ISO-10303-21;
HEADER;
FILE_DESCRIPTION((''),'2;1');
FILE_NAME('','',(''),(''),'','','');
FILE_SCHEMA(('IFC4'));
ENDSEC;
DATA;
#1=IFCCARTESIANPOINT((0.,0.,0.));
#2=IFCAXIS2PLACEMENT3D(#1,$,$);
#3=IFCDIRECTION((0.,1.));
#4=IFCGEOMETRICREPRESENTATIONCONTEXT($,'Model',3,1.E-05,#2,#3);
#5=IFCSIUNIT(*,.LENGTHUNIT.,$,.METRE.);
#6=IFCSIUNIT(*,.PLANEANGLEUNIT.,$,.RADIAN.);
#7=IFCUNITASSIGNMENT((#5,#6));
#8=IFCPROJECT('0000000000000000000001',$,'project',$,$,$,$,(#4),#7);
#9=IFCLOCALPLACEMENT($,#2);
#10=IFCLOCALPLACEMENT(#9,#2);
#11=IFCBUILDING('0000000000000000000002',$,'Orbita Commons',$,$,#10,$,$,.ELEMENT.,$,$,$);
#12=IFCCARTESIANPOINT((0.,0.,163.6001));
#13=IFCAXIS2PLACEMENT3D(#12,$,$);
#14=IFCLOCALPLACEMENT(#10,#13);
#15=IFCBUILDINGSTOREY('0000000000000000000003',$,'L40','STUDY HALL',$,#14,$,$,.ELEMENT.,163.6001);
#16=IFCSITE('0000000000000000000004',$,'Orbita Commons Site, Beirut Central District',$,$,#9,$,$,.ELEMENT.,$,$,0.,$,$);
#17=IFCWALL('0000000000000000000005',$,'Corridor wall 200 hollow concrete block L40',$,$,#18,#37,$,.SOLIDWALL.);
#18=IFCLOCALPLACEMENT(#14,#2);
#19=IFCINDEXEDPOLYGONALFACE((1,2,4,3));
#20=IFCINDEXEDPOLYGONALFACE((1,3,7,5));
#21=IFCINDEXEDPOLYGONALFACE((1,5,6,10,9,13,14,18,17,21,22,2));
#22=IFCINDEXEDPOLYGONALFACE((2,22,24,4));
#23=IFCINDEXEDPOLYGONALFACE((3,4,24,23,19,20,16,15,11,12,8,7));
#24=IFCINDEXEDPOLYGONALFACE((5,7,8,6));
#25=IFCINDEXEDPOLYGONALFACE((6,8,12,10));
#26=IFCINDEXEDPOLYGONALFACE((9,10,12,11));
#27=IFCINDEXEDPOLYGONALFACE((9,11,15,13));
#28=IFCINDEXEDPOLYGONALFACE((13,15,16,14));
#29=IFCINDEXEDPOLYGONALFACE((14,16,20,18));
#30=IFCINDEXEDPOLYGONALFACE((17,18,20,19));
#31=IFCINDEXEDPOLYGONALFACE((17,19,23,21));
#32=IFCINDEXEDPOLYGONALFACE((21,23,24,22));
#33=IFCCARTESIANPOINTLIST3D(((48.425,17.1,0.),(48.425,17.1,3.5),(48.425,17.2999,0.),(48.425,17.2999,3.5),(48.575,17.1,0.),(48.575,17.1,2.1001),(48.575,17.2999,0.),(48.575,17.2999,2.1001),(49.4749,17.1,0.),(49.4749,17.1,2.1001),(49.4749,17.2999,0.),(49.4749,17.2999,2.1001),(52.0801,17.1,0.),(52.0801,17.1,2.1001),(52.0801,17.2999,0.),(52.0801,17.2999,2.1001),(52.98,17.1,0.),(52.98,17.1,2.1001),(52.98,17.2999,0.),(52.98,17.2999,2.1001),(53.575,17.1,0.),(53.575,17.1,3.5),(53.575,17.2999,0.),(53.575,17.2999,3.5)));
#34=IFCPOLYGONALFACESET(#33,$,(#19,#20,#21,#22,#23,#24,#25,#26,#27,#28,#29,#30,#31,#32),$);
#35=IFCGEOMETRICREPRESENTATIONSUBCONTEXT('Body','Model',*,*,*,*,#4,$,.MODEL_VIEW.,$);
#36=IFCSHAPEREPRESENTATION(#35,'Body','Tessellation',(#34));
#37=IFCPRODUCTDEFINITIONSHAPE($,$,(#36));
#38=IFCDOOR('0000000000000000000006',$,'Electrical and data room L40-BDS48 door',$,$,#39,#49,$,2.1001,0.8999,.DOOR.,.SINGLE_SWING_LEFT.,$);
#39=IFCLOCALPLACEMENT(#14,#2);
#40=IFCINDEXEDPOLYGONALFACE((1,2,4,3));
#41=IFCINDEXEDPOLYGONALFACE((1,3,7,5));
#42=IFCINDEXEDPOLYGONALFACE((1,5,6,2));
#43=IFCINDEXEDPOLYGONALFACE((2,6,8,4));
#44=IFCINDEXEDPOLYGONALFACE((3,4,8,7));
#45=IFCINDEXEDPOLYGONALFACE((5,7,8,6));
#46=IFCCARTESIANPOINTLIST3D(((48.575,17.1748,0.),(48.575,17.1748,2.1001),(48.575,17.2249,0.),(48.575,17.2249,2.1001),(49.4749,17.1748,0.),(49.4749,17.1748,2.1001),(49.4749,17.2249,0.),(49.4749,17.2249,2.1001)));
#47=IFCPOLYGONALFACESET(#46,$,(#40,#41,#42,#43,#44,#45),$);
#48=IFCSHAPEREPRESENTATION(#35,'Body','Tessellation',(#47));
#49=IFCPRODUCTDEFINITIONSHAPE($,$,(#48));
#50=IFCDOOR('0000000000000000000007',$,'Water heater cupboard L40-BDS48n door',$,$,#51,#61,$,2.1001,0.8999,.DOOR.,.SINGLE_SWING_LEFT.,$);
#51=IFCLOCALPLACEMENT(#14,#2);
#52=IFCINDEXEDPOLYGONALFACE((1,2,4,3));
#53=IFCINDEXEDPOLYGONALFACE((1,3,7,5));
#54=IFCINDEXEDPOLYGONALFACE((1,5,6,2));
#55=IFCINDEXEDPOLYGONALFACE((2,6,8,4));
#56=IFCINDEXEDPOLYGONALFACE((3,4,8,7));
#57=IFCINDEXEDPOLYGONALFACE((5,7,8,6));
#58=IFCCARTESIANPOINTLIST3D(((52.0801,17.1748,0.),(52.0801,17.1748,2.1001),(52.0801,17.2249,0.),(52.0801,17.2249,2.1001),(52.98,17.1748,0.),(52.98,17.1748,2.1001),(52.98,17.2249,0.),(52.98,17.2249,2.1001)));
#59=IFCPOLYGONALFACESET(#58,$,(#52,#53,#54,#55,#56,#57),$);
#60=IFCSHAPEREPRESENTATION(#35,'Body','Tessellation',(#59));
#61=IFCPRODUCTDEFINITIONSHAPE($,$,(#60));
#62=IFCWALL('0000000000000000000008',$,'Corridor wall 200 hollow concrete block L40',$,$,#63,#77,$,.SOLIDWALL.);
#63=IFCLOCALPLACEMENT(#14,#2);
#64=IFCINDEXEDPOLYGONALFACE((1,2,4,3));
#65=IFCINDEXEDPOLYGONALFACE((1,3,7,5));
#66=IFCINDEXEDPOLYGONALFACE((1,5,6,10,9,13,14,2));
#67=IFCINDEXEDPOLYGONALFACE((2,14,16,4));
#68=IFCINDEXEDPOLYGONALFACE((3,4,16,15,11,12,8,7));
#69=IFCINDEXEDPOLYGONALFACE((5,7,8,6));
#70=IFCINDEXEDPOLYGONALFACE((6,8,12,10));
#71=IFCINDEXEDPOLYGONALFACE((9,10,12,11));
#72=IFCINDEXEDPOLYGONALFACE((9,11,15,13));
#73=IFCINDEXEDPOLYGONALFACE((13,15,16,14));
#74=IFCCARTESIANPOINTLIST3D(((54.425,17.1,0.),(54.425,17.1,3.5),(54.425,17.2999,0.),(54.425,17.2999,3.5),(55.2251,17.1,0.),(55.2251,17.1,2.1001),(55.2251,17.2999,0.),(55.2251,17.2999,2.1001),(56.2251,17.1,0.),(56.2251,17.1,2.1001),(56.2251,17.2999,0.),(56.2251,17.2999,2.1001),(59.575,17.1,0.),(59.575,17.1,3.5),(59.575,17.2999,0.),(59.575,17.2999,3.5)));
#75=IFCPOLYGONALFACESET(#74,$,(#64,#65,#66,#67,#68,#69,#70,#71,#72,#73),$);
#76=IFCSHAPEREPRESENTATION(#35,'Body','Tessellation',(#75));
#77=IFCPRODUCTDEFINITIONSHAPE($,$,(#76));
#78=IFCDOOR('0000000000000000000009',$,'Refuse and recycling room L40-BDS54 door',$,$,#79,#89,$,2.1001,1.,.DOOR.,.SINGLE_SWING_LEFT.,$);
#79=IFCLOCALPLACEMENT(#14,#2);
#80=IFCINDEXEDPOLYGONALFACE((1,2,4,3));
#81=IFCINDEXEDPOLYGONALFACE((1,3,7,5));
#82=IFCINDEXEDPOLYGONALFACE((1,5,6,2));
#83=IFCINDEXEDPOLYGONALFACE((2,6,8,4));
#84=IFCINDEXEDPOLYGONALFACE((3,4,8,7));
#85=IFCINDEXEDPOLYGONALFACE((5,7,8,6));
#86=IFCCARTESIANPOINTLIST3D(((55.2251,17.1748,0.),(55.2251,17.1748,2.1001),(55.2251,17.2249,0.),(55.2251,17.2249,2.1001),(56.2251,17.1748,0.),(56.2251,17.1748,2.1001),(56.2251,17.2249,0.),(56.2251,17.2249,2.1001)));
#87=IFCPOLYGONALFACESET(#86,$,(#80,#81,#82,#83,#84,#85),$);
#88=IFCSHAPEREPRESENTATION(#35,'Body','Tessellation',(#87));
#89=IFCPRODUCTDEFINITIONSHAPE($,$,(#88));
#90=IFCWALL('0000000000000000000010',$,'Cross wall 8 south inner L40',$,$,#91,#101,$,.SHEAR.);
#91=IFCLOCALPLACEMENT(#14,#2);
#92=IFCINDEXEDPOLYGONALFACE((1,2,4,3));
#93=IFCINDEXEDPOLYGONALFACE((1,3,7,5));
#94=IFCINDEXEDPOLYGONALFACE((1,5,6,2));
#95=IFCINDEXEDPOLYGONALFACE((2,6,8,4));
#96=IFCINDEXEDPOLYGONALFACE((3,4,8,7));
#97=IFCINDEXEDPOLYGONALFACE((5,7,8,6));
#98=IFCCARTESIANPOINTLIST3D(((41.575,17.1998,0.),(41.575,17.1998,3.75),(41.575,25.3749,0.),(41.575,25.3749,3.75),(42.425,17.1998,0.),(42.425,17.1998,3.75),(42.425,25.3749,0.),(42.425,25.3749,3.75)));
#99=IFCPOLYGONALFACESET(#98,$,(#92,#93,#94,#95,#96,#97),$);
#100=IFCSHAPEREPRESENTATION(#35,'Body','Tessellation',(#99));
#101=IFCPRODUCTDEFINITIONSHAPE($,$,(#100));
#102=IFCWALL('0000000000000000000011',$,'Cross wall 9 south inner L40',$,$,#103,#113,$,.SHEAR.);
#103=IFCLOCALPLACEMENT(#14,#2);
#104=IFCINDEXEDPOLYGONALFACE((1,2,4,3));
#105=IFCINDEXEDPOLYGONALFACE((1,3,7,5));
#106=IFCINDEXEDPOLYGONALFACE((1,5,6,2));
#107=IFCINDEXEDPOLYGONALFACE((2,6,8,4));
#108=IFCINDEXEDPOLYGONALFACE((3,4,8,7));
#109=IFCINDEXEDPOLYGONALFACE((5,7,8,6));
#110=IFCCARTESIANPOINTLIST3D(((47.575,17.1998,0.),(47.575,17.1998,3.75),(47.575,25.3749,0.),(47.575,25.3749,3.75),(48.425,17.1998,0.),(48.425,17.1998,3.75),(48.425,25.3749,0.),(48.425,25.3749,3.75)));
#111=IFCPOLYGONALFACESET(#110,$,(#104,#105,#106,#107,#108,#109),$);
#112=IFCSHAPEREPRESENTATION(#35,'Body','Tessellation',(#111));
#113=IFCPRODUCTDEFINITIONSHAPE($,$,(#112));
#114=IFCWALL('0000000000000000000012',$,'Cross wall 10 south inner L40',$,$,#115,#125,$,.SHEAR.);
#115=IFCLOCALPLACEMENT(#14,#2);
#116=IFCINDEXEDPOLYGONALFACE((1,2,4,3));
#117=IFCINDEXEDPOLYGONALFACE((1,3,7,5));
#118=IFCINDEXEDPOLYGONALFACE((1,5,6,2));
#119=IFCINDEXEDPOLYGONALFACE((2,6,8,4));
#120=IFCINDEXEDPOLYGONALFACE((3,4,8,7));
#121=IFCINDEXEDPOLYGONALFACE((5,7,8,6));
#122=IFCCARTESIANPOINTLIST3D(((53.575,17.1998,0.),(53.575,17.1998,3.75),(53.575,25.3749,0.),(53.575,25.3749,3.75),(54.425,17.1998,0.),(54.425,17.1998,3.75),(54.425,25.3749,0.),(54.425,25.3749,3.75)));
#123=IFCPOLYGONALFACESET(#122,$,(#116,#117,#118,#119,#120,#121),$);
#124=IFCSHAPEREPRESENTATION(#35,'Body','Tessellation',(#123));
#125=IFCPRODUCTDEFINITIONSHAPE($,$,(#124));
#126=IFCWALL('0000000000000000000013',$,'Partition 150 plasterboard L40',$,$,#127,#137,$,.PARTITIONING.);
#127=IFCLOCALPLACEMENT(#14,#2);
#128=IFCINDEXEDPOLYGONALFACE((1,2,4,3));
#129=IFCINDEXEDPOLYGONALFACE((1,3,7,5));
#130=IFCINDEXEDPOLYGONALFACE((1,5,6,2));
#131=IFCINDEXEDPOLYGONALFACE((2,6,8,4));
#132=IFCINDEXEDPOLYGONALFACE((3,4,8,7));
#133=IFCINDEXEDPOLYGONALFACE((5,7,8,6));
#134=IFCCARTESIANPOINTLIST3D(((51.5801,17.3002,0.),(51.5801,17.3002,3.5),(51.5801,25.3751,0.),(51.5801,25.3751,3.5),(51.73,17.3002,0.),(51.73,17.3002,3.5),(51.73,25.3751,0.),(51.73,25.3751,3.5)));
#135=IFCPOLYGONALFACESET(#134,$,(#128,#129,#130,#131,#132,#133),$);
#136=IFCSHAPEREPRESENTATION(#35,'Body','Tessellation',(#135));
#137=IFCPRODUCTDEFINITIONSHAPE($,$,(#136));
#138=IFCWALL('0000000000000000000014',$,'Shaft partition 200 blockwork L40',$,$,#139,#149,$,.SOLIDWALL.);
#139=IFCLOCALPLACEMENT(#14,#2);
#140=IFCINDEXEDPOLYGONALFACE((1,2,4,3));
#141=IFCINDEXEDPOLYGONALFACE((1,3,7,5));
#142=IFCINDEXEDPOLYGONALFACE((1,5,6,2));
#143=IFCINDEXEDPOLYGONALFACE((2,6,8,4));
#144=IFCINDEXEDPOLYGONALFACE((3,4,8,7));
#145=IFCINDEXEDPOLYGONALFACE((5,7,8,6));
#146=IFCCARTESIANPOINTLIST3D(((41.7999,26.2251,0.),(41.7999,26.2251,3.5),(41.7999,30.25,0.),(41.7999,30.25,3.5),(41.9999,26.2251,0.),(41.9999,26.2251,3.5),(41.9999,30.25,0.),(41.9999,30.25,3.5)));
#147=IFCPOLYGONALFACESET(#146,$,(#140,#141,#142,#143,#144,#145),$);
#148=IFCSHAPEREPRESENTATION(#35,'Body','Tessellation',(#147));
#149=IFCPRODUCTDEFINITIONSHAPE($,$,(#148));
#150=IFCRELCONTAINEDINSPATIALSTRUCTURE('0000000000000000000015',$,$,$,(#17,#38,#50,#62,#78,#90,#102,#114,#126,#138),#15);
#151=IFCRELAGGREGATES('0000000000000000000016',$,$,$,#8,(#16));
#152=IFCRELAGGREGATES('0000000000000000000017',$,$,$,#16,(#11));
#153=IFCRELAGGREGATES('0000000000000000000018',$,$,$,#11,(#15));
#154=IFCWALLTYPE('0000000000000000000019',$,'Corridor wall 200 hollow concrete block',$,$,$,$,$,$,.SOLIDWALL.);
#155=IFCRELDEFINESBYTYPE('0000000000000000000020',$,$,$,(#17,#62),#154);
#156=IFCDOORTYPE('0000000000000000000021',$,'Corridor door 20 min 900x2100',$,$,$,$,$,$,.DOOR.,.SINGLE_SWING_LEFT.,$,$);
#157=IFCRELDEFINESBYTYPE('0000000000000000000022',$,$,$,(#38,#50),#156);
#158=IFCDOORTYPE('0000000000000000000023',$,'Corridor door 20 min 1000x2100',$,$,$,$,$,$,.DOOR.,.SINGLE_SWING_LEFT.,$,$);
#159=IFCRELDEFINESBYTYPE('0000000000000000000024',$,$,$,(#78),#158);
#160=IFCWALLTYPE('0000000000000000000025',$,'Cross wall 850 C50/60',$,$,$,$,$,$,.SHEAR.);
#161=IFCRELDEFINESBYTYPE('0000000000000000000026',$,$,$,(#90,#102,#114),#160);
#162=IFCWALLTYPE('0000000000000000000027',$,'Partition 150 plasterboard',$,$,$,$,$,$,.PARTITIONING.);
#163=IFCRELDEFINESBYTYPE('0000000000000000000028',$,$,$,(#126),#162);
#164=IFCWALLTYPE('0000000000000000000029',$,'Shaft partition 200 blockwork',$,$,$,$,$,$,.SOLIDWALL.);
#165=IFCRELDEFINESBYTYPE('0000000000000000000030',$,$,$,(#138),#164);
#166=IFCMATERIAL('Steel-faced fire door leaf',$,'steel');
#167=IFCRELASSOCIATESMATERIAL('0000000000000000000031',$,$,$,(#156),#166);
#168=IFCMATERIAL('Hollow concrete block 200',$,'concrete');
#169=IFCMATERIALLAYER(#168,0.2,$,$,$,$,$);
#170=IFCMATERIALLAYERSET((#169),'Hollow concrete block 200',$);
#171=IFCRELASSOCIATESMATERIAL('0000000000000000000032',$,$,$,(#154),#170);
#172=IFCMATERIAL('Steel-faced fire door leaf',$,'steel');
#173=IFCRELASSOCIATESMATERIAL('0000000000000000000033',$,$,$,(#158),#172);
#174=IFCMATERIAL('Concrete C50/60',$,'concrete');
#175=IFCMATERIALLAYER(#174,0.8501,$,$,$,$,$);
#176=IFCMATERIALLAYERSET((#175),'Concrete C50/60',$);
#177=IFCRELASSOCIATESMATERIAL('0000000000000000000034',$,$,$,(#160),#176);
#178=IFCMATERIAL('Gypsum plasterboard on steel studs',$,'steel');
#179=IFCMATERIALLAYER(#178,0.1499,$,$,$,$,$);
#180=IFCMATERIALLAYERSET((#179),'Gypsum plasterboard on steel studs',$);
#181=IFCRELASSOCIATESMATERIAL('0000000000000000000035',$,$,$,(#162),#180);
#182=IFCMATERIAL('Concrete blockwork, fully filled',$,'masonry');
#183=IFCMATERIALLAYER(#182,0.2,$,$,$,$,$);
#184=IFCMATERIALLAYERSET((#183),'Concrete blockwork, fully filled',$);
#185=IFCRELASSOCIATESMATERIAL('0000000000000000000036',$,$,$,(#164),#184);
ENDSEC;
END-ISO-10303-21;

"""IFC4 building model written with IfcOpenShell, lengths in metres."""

from ifc_helpers import new_model, si_unit, direction, frame, frame_2d, origin, place, context, subcontext, project, spatial, rectangle, extrude, material, layer, layer_set, type_object, element, fill, save


model = new_model("IFC4")

# Units and contexts
model_context = context("Model", 3, precision=1e-05, world=origin(), true_north=direction((0.0, 1.0)))
body_context = subcontext(model_context, "Body", "Model", "MODEL_VIEW")
ifc_project = project(units=[si_unit("LENGTHUNIT", "METRE"), si_unit("PLANEANGLEUNIT", "RADIAN")], contexts=[model_context])

# Site, building, storey
site_placement = place(None, origin())
site = spatial("IfcSite", under=ifc_project, at=site_placement, Name="Orbita Commons Site, Beirut Central District", CompositionType="ELEMENT", RefElevation=0.0)
building_placement = place(site_placement, origin())
building = spatial("IfcBuilding", under=site, at=building_placement, Name="Orbita Commons", CompositionType="ELEMENT")
storey_placement = place(building_placement, frame((0.0, 0.0, 163.6001)))
storey = spatial("IfcBuildingStorey", under=building, at=storey_placement, Name="L40", Description="STUDY HALL", CompositionType="ELEMENT", Elevation=163.6001)

# Shared definitions
ifc_material_1 = material(Name="Steel-faced fire door leaf", Category="steel")
door_type_1 = type_object("IfcDoorType", Name="Corridor door 20 min 900x2100", OperationType="SINGLE_SWING_LEFT", PredefinedType="DOOR", material=ifc_material_1)
ifc_material_2 = material(Name="Hollow concrete block 200", Category="concrete")
ifc_layer_1 = layer(ifc_material_2, 0.2)
ifc_layer_set_1 = layer_set([ifc_layer_1], Name="Hollow concrete block 200")
wall_type_1 = type_object("IfcWallType", Name="Corridor wall 200 hollow concrete block", PredefinedType="SOLIDWALL", material=ifc_layer_set_1)
ifc_material_3 = material(Name="Steel-faced fire door leaf", Category="steel")
door_type_2 = type_object("IfcDoorType", Name="Corridor door 20 min 1000x2100", OperationType="SINGLE_SWING_LEFT", PredefinedType="DOOR", material=ifc_material_3)

# Wall, openings, doors
wall_1_placement = place(storey_placement, frame((48.425, 17.2, 0.0), z_axis=(0.0, 0.0, 1.0), x_axis=(1.0, 0.0, 0.0)))
wall_1 = element("IfcWall", 1, at=wall_1_placement, inside=storey, type_object=wall_type_1, Name="Corridor wall 200 hollow concrete block L40", PredefinedType="SOLIDWALL", context=body_context, shape_type="SweptSolid", body=[
    extrude(rectangle(XDim=5.1499, YDim=0.2, at=frame_2d((2.575, 0.0))), origin(), (0.0, 0.0, 1.0), 3.5),
])
opening_1_placement = place(wall_1_placement, frame((0.1499, 0.0, 0.0)))
opening_1 = element("IfcOpeningElement", 2, at=opening_1_placement, cuts=wall_1, PredefinedType="OPENING", context=body_context, shape_type="SweptSolid", body=[
    extrude(rectangle(XDim=0.8999, YDim=2.1001, at=frame_2d((0.45, 1.05))), frame((0.0, 0.1099, 0.0), z_axis=(0.0, -1.0, 0.0), x_axis=(1.0, 0.0, 0.0)), (0.0, 0.0, 1.0), 0.22),
])
opening_2_placement = place(wall_1_placement, frame((3.655, 0.0, 0.0)))
opening_2 = element("IfcOpeningElement", 3, at=opening_2_placement, cuts=wall_1, PredefinedType="OPENING", context=body_context, shape_type="SweptSolid", body=[
    extrude(rectangle(XDim=0.8999, YDim=2.1001, at=frame_2d((0.45, 1.05))), frame((0.0, 0.1099, 0.0), z_axis=(0.0, -1.0, 0.0), x_axis=(1.0, 0.0, 0.0)), (0.0, 0.0, 1.0), 0.22),
])
door_1_placement = place(opening_1_placement, origin())
door_1 = element("IfcDoor", 4, at=door_1_placement, inside=storey, type_object=door_type_1, Name="Electrical and data room L40-BDS48 door", OperationType="SINGLE_SWING_LEFT", OverallHeight=2.1001, OverallWidth=0.8999, PredefinedType="DOOR", context=body_context, shape_type="SweptSolid", body=[
    extrude(rectangle(XDim=0.8999, YDim=2.1001, at=frame_2d((0.45, 1.05))), frame((0.0, 0.0249, 0.0), z_axis=(0.0, -1.0, 0.0), x_axis=(1.0, 0.0, 0.0)), (0.0, 0.0, 1.0), 0.05),
])
fill(opening_1, door_1)
door_2_placement = place(opening_2_placement, origin())
door_2 = element("IfcDoor", 5, at=door_2_placement, inside=storey, type_object=door_type_1, Name="Water heater cupboard L40-BDS48n door", OperationType="SINGLE_SWING_LEFT", OverallHeight=2.1001, OverallWidth=0.8999, PredefinedType="DOOR", context=body_context, shape_type="SweptSolid", body=[
    extrude(rectangle(XDim=0.8999, YDim=2.1001, at=frame_2d((0.45, 1.05))), frame((0.0, 0.0249, 0.0), z_axis=(0.0, -1.0, 0.0), x_axis=(1.0, 0.0, 0.0)), (0.0, 0.0, 1.0), 0.05),
])
fill(opening_2, door_2)

# Wall, opening, door
wall_2_placement = place(storey_placement, frame((54.425, 17.2, 0.0), z_axis=(0.0, 0.0, 1.0), x_axis=(1.0, 0.0, 0.0)))
wall_2 = element("IfcWall", 6, at=wall_2_placement, inside=storey, type_object=wall_type_1, Name="Corridor wall 200 hollow concrete block L40", PredefinedType="SOLIDWALL", context=body_context, shape_type="SweptSolid", body=[
    extrude(rectangle(XDim=5.1499, YDim=0.2, at=frame_2d((2.575, 0.0))), origin(), (0.0, 0.0, 1.0), 3.5),
])
opening_3_placement = place(wall_2_placement, frame((0.8, 0.0, 0.0)))
opening_3 = element("IfcOpeningElement", 7, at=opening_3_placement, cuts=wall_2, PredefinedType="OPENING", context=body_context, shape_type="SweptSolid", body=[
    extrude(rectangle(XDim=1.0, YDim=2.1001, at=frame_2d((0.5, 1.05))), frame((0.0, 0.1099, 0.0), z_axis=(0.0, -1.0, 0.0), x_axis=(1.0, 0.0, 0.0)), (0.0, 0.0, 1.0), 0.22),
])
door_3_placement = place(opening_3_placement, origin())
door_3 = element("IfcDoor", 8, at=door_3_placement, inside=storey, type_object=door_type_2, Name="Refuse and recycling room L40-BDS54 door", OperationType="SINGLE_SWING_LEFT", OverallHeight=2.1001, OverallWidth=1.0, PredefinedType="DOOR", context=body_context, shape_type="SweptSolid", body=[
    extrude(rectangle(XDim=1.0, YDim=2.1001, at=frame_2d((0.5, 1.05))), frame((0.0, 0.0249, 0.0), z_axis=(0.0, -1.0, 0.0), x_axis=(1.0, 0.0, 0.0)), (0.0, 0.0, 1.0), 0.05),
])
fill(opening_3, door_3)

# Walls
ifc_material_4 = material(Name="Concrete C50/60", Category="concrete")
ifc_layer_2 = layer(ifc_material_4, 0.8501)
ifc_layer_set_2 = layer_set([ifc_layer_2], Name="Concrete C50/60")
wall_type_2 = type_object("IfcWallType", Name="Cross wall 850 C50/60", PredefinedType="SHEAR", material=ifc_layer_set_2)
for number, where, z_axis, x_axis, name in (
    (9, (42.0, 17.2, 0.0), (0.0, 0.0, 1.0), (0.0, 1.0, 0.0), "Cross wall 8 south inner L40"),
    (10, (48.0, 17.2, 0.0), (0.0, 0.0, 1.0), (0.0, 1.0, 0.0), "Cross wall 9 south inner L40"),
    (11, (54.0, 17.2, 0.0), (0.0, 0.0, 1.0), (0.0, 1.0, 0.0), "Cross wall 10 south inner L40"),
):
    element("IfcWall", number, at=place(storey_placement, frame(where, z_axis=z_axis, x_axis=x_axis)), inside=storey, type_object=wall_type_2, Name=name, PredefinedType="SHEAR", context=body_context, shape_type="SweptSolid", body=[
        extrude(rectangle(XDim=8.175, YDim=0.8501, at=frame_2d((4.0874, 0.0))), origin(), (0.0, 0.0, 1.0), 3.75),
    ])
ifc_material_5 = material(Name="Gypsum plasterboard on steel studs", Category="steel")
ifc_layer_3 = layer(ifc_material_5, 0.1499)
ifc_layer_set_3 = layer_set([ifc_layer_3], Name="Gypsum plasterboard on steel studs")
wall_type_3 = type_object("IfcWallType", Name="Partition 150 plasterboard", PredefinedType="PARTITIONING", material=ifc_layer_set_3)
wall_3_placement = place(storey_placement, frame((51.655, 17.3, 0.0), z_axis=(0.0, 0.0, 1.0), x_axis=(0.0, 1.0, 0.0)))
element("IfcWall", 12, at=wall_3_placement, inside=storey, type_object=wall_type_3, Name="Partition 150 plasterboard L40", PredefinedType="PARTITIONING", context=body_context, shape_type="SweptSolid", body=[
    extrude(rectangle(XDim=8.075, YDim=0.1499, at=frame_2d((4.0376, 0.0))), origin(), (0.0, 0.0, 1.0), 3.5),
])
ifc_material_6 = material(Name="Concrete blockwork, fully filled", Category="masonry")
ifc_layer_4 = layer(ifc_material_6, 0.2)
ifc_layer_set_4 = layer_set([ifc_layer_4], Name="Concrete blockwork, fully filled")
wall_type_4 = type_object("IfcWallType", Name="Shaft partition 200 blockwork", PredefinedType="SOLIDWALL", material=ifc_layer_set_4)
wall_4_placement = place(storey_placement, frame((41.8999, 26.2251, 0.0), z_axis=(0.0, 0.0, 1.0), x_axis=(0.0, 1.0, 0.0)))
element("IfcWall", 13, at=wall_4_placement, inside=storey, type_object=wall_type_4, Name="Shaft partition 200 blockwork L40", PredefinedType="SOLIDWALL", context=body_context, shape_type="SweptSolid", body=[
    extrude(rectangle(XDim=4.0249, YDim=0.2, at=frame_2d((2.0125, 0.0))), origin(), (0.0, 0.0, 1.0), 3.5),
])

save(model, "model.ifc")
